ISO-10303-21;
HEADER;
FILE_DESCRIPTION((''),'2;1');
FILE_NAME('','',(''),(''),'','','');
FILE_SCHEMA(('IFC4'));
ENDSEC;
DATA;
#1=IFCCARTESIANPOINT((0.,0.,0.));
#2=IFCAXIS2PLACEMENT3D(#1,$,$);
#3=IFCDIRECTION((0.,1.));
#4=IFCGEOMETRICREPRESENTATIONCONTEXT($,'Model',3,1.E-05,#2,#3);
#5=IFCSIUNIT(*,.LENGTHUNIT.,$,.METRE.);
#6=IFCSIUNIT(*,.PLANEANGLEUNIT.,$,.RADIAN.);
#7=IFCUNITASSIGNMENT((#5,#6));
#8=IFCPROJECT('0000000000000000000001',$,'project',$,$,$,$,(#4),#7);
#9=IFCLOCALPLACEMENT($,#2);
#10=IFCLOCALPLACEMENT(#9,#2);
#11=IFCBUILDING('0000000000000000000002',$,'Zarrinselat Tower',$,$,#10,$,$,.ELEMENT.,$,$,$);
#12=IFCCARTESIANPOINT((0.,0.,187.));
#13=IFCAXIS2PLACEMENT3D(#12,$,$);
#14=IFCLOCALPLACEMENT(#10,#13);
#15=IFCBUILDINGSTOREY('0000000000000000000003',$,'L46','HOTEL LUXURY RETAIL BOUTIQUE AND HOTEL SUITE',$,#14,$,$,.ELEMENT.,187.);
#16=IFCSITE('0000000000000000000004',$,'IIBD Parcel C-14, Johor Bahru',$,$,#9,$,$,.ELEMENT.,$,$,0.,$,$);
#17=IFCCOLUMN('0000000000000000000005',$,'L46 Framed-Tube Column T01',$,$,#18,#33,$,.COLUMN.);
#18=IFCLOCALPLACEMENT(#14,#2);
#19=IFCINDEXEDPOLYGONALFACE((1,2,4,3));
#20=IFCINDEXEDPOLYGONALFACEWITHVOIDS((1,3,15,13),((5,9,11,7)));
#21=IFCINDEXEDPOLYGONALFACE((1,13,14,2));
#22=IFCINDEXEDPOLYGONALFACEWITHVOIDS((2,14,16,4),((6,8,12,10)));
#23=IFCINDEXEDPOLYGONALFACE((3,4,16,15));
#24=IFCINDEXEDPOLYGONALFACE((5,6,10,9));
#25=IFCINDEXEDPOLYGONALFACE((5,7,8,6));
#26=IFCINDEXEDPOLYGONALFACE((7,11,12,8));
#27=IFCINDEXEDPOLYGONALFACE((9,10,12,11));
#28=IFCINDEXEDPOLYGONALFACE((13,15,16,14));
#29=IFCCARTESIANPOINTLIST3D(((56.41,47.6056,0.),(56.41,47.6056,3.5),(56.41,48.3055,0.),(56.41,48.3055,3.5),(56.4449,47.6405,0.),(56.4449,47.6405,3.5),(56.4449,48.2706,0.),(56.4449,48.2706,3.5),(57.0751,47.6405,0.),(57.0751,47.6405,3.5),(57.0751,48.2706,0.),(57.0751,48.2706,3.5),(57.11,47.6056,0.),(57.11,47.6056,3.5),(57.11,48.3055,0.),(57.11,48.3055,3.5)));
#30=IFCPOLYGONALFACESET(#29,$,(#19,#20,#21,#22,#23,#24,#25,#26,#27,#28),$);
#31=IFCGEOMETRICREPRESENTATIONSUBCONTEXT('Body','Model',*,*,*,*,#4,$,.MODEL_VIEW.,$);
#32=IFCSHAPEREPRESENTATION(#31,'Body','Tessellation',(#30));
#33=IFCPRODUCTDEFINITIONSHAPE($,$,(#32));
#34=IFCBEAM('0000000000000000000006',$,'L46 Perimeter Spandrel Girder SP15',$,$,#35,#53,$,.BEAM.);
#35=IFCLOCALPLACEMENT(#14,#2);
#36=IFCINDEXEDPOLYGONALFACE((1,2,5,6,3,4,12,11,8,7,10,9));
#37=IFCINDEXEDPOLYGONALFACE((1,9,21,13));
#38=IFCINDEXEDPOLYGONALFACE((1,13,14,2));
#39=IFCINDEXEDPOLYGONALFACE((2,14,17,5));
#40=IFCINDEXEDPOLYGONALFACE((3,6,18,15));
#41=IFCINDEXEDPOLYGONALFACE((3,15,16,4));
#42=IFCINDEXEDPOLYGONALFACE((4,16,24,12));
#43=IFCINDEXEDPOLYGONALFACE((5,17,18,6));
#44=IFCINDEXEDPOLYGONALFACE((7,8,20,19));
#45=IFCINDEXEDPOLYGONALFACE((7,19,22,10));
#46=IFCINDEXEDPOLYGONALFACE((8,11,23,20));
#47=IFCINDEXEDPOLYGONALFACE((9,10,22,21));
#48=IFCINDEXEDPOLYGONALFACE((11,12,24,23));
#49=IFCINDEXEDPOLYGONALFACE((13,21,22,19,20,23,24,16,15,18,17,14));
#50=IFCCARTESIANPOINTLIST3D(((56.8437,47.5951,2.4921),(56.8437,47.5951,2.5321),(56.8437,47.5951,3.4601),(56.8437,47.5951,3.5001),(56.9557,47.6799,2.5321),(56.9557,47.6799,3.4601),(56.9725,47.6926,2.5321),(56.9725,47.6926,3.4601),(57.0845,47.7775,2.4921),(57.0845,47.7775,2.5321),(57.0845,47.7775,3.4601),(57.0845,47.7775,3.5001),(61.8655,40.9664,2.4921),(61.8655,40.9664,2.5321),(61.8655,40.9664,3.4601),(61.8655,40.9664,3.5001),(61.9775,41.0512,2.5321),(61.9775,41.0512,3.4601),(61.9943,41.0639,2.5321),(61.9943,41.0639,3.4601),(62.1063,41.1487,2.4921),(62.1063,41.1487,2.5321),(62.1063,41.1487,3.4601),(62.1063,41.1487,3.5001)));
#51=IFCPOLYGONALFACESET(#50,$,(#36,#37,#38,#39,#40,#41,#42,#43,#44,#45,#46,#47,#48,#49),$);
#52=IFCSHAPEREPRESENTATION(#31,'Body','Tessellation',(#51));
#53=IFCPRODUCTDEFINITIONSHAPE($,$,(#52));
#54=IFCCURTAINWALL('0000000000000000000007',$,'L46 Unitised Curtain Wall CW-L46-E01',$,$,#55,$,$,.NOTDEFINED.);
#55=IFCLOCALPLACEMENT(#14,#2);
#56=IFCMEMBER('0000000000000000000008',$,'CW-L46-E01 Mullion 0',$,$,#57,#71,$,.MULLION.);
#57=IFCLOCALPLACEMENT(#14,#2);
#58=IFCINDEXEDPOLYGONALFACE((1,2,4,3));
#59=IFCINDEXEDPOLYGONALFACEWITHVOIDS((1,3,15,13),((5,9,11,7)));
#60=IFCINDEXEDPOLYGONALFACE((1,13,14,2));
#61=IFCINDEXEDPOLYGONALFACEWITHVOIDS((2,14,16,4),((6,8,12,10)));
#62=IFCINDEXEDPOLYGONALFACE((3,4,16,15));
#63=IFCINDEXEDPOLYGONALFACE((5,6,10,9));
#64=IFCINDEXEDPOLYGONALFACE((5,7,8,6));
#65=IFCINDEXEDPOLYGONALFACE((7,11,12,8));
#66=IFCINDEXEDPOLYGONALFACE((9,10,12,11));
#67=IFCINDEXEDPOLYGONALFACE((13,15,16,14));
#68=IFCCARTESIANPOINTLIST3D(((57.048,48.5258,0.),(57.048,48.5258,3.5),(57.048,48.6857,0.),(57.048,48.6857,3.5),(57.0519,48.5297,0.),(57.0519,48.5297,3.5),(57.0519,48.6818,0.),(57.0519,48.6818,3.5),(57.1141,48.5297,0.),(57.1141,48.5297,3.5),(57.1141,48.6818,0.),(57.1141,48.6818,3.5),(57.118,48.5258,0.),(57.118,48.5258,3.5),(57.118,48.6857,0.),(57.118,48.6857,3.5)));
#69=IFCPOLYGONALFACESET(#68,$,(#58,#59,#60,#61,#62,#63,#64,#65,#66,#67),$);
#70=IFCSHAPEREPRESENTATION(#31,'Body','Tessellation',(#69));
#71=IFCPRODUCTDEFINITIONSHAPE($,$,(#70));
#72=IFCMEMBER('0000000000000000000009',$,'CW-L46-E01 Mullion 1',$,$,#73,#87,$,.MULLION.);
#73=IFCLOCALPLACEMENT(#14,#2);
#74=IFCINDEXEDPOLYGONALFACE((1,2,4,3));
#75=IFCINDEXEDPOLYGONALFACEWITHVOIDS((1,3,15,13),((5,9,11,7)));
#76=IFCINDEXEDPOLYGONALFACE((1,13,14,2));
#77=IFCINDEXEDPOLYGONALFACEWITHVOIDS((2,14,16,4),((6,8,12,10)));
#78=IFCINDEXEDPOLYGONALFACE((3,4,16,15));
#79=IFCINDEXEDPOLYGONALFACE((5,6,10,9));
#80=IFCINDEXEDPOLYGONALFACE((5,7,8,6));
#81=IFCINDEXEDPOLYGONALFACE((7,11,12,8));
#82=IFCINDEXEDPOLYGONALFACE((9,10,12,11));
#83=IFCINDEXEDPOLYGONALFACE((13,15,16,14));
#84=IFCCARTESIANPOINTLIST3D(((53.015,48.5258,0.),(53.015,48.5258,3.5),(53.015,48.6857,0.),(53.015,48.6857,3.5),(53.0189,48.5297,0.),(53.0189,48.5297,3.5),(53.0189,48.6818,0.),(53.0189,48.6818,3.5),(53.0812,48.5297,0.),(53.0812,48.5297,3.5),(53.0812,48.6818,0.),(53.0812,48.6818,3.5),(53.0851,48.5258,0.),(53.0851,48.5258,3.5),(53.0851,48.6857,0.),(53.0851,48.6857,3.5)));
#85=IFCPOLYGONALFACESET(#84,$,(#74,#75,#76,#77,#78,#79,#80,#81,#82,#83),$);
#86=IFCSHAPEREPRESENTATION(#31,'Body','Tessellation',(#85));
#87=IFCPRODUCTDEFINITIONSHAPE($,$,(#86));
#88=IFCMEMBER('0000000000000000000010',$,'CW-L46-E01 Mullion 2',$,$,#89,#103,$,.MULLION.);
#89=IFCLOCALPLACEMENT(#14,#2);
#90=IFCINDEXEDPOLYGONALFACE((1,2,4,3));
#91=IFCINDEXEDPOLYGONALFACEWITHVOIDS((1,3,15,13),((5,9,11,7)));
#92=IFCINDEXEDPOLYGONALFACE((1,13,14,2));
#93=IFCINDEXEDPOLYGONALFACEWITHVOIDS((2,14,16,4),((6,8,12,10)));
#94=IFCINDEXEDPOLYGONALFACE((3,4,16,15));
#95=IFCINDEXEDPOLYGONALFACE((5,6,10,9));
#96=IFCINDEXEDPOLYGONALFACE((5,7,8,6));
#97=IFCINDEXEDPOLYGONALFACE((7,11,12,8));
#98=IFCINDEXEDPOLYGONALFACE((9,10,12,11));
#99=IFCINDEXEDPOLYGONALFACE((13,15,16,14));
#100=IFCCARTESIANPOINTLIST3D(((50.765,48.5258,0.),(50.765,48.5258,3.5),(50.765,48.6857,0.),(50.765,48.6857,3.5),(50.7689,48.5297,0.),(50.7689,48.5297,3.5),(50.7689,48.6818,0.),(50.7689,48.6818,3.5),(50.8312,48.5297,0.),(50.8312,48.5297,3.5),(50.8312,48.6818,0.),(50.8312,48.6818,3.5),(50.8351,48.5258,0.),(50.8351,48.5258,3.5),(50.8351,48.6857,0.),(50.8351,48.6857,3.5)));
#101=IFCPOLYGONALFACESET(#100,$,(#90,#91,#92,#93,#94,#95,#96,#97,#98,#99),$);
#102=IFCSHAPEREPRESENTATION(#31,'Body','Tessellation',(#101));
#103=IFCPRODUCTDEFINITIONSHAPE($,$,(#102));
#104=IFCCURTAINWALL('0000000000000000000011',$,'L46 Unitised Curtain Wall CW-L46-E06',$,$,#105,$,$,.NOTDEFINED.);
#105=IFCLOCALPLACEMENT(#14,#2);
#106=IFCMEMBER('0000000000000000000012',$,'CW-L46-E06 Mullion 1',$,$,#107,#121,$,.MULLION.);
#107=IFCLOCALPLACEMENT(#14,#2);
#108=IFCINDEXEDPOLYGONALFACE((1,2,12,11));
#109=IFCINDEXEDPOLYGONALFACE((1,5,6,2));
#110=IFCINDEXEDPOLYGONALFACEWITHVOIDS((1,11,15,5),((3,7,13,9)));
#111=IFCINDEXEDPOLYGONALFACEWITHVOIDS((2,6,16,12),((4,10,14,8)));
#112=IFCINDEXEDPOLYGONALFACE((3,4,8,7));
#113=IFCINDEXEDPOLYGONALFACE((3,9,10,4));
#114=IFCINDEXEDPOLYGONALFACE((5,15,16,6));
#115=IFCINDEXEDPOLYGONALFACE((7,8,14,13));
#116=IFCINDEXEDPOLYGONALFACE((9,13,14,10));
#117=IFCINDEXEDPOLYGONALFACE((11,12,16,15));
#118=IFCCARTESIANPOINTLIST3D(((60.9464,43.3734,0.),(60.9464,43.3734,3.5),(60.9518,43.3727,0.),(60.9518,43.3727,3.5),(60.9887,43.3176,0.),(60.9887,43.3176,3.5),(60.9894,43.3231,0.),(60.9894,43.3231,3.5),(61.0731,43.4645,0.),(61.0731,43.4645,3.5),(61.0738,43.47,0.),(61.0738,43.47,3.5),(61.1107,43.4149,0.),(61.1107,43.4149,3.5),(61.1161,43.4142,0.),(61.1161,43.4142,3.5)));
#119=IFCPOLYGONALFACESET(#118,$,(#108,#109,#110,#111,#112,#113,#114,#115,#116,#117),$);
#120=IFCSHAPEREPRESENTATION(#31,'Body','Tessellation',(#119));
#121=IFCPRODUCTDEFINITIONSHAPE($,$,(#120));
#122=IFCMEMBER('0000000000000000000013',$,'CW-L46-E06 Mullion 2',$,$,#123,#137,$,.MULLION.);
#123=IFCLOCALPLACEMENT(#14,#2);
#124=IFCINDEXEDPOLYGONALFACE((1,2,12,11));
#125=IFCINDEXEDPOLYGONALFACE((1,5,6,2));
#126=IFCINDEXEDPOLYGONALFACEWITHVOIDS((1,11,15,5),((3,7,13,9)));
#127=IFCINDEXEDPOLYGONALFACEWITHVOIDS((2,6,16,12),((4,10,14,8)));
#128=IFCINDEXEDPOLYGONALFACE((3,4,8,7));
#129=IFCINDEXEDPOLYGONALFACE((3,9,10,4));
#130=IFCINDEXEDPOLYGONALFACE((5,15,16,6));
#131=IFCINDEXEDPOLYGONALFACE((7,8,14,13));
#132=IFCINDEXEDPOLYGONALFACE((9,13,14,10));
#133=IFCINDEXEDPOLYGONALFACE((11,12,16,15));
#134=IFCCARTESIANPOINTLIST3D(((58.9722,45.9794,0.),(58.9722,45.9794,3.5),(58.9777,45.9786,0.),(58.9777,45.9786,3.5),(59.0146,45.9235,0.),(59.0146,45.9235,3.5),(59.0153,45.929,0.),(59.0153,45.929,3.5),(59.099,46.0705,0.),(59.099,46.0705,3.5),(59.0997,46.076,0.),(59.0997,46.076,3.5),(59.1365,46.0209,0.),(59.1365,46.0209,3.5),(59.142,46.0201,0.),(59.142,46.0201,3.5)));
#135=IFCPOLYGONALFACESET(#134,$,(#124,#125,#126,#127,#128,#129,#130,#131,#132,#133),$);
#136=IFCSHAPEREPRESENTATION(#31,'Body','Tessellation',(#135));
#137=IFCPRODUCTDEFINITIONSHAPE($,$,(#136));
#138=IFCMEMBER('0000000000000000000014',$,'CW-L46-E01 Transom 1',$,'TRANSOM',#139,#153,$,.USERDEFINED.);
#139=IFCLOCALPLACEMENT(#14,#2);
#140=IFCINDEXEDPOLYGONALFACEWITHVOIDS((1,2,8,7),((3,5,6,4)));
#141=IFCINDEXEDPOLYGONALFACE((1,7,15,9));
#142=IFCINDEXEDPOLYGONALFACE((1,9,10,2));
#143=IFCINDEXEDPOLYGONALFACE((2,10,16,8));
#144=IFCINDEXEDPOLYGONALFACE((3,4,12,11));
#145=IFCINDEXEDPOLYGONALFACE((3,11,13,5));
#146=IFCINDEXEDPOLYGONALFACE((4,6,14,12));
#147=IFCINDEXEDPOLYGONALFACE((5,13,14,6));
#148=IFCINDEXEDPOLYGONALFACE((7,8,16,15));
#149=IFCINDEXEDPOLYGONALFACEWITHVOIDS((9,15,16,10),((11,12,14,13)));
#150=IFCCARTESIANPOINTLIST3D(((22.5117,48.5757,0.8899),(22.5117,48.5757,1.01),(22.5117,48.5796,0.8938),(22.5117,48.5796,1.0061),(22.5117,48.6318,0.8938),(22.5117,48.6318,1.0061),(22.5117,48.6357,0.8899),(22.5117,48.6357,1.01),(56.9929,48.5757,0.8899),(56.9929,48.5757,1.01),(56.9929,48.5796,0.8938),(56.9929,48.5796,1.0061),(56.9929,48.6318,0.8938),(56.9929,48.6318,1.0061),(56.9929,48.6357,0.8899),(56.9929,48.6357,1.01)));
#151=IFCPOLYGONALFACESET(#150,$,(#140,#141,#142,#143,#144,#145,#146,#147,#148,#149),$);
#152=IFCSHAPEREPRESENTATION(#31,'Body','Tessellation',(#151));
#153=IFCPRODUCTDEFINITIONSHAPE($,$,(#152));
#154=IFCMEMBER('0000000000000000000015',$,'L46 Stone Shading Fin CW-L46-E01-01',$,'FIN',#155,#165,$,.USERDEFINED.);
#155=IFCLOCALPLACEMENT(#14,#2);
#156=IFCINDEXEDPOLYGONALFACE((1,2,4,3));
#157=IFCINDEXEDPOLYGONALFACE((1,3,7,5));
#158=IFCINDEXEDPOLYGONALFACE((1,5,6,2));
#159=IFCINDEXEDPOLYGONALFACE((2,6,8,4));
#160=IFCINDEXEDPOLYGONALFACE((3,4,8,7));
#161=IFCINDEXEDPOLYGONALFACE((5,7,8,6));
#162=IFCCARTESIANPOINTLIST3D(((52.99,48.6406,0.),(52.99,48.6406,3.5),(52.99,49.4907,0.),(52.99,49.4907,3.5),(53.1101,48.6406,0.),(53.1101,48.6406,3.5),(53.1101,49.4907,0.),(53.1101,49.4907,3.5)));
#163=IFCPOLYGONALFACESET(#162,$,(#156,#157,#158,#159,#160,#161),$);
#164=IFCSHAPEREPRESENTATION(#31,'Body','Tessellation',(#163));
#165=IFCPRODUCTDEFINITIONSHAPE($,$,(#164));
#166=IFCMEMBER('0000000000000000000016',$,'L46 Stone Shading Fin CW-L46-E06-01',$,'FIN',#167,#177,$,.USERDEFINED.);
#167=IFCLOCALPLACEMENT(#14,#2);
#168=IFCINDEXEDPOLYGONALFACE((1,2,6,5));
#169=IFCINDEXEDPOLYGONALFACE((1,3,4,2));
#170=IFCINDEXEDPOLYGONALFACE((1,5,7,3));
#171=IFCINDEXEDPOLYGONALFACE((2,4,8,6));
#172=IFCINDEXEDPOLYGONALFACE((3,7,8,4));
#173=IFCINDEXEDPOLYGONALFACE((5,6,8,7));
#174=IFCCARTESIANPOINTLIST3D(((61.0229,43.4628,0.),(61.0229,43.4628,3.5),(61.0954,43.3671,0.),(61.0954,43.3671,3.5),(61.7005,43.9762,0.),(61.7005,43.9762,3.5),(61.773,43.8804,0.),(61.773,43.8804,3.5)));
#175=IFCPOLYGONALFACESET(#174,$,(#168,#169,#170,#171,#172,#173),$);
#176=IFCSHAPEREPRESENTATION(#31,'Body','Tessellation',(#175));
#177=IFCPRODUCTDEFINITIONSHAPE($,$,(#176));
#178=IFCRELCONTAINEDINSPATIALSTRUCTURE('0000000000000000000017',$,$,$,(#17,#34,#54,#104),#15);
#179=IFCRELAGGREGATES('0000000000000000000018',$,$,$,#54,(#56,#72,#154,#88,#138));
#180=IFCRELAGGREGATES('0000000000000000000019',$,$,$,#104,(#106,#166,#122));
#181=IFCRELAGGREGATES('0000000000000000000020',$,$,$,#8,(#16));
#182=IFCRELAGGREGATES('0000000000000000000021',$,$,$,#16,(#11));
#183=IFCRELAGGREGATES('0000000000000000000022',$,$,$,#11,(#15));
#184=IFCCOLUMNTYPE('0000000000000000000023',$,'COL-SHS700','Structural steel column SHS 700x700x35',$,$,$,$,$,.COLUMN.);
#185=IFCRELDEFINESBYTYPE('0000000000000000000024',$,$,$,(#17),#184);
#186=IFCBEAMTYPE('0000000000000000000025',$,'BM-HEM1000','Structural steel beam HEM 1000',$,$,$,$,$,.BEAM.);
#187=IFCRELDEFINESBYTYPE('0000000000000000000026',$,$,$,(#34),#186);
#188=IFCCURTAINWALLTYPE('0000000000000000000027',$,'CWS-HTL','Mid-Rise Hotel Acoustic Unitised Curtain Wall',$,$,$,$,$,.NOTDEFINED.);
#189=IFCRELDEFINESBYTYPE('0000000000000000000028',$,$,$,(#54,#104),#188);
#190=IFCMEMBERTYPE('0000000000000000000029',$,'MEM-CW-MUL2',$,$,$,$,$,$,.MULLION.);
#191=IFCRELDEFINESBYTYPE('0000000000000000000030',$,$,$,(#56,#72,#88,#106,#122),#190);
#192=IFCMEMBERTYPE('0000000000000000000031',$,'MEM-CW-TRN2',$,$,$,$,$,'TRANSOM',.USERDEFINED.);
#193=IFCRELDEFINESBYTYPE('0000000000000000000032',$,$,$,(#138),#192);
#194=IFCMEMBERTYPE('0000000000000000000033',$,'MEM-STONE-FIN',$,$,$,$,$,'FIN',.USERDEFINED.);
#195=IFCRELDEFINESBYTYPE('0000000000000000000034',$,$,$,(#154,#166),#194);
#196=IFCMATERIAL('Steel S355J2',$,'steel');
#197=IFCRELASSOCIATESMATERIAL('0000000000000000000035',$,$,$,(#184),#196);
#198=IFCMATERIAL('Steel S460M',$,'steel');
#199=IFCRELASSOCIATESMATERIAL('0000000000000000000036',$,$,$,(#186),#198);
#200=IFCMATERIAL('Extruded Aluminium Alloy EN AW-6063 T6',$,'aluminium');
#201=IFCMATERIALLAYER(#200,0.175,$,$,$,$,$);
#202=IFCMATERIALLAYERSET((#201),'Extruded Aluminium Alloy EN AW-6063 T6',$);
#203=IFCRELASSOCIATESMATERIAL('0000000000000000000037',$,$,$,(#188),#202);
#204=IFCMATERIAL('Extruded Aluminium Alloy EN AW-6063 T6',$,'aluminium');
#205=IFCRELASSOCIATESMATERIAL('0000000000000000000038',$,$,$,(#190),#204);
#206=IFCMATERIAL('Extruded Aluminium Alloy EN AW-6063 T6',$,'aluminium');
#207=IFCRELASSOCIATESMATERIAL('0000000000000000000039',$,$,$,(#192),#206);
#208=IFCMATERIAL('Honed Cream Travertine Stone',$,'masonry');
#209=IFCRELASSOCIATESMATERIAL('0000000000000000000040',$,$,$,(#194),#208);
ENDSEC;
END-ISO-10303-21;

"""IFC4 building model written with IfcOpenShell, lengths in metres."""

from ifc_helpers import new_model, si_unit, direction, frame, origin, origin_2d, place, context, subcontext, project, spatial, rectangle, hollow_rectangle, i_section, extrude, material, layer, layer_set, material_profile, profile_set, type_object, element, aggregate, save


model = new_model("IFC4")

# Units and contexts
model_context = context("Model", 3, precision=1e-05, world=origin(), true_north=direction((0.0, 1.0)))
body_context = subcontext(model_context, "Body", "Model", "MODEL_VIEW")
ifc_project = project(units=[si_unit("LENGTHUNIT", "METRE"), si_unit("PLANEANGLEUNIT", "RADIAN")], contexts=[model_context])

# Site, building, storey
site_placement = place(None, origin())
site = spatial("IfcSite", under=ifc_project, at=site_placement, Name="IIBD Parcel C-14, Johor Bahru", CompositionType="ELEMENT", RefElevation=0.0)
building_placement = place(site_placement, origin())
building = spatial("IfcBuilding", under=site, at=building_placement, Name="Zarrinselat Tower", CompositionType="ELEMENT")
storey_placement = place(building_placement, frame((0.0, 0.0, 187.0)))
storey = spatial("IfcBuildingStorey", under=building, at=storey_placement, Name="L46", Description="HOTEL LUXURY RETAIL BOUTIQUE AND HOTEL SUITE", CompositionType="ELEMENT", Elevation=187.0)

# Column
ifc_material_1 = material(Name="Steel S355J2", Category="steel")
ifc_material_profile_1 = material_profile(ifc_material_1, hollow_rectangle(XDim=0.7, YDim=0.7, WallThickness=0.0349, at=origin_2d()), Name="SHS 700x700x35")
ifc_profile_set_1 = profile_set([ifc_material_profile_1], Name="Steel S355J2")
column_type = type_object("IfcColumnType", Name="COL-SHS700", Description="Structural steel column SHS 700x700x35", PredefinedType="COLUMN", material=ifc_profile_set_1)
column_placement = place(storey_placement, frame((56.76, 47.9556, 0.0), z_axis=(0.0, 0.0, 1.0), x_axis=(1.0, 0.0, 0.0)))
element("IfcColumn", 1, at=column_placement, inside=storey, type_object=column_type, Name="L46 Framed-Tube Column T01", PredefinedType="COLUMN", context=body_context, shape_type="SweptSolid", body=[
    extrude(hollow_rectangle(XDim=0.7, YDim=0.7, WallThickness=0.0349, at=origin_2d()), origin(), (0.0, 0.0, 1.0), 3.5),
])

# Beam
ifc_material_2 = material(Name="Steel S460M", Category="steel")
ifc_material_profile_2 = material_profile(ifc_material_2, i_section(OverallWidth=0.302, OverallDepth=1.0081, WebThickness=0.021, FlangeThickness=0.04, at=origin_2d()), Name="HEM 1000")
ifc_profile_set_2 = profile_set([ifc_material_profile_2], Name="Steel S460M")
beam_type = type_object("IfcBeamType", Name="BM-HEM1000", Description="Structural steel beam HEM 1000", PredefinedType="BEAM", material=ifc_profile_set_2)
beam_placement = place(storey_placement, frame((56.9641, 47.6863, 2.9961), z_axis=(0.603859, -0.797091, 0.0), x_axis=(0.797091, 0.603859, 0.0)))
element("IfcBeam", 2, at=beam_placement, inside=storey, type_object=beam_type, Name="L46 Perimeter Spandrel Girder SP15", PredefinedType="BEAM", context=body_context, shape_type="SweptSolid", body=[
    extrude(i_section(OverallWidth=0.302, OverallDepth=1.0081, WebThickness=0.021, FlangeThickness=0.04, at=origin_2d()), origin(), (0.0, 0.0, 1.0), 8.3162),
])

# Curtain walls, members
ifc_material_3 = material(Name="Extruded Aluminium Alloy EN AW-6063 T6", Category="aluminium")
ifc_layer_1 = layer(ifc_material_3, 0.175)
ifc_layer_set_1 = layer_set([ifc_layer_1], Name="Extruded Aluminium Alloy EN AW-6063 T6")
curtain_wall_type = type_object("IfcCurtainWallType", Name="CWS-HTL", Description="Mid-Rise Hotel Acoustic Unitised Curtain Wall", PredefinedType="NOTDEFINED", material=ifc_layer_set_1)
curtain_wall_1_placement = place(storey_placement, origin())
curtain_wall_1 = element("IfcCurtainWall", 3, at=curtain_wall_1_placement, inside=storey, type_object=curtain_wall_type, Name="L46 Unitised Curtain Wall CW-L46-E01", PredefinedType="NOTDEFINED")
ifc_material_4 = material(Name="Extruded Aluminium Alloy EN AW-6063 T6", Category="aluminium")
ifc_material_profile_3 = material_profile(ifc_material_4, hollow_rectangle(XDim=0.0701, YDim=0.1599, WallThickness=0.0039, at=origin_2d()), Name="RHS 160x70x4")
ifc_profile_set_3 = profile_set([ifc_material_profile_3], Name="Extruded Aluminium Alloy EN AW-6063 T6")
member_type_1 = type_object("IfcMemberType", Name="MEM-CW-MUL2", PredefinedType="MULLION", material=ifc_profile_set_3)
member_1_placement = place(storey_placement, frame((57.083, 48.6057, 0.0), z_axis=(0.0, 0.0, 1.0), x_axis=(-1.0, 0.0, 0.0)))
member_1 = element("IfcMember", 4, at=member_1_placement, type_object=member_type_1, Name="CW-L46-E01 Mullion 0", PredefinedType="MULLION", context=body_context, shape_type="SweptSolid", body=[
    extrude(hollow_rectangle(XDim=0.0701, YDim=0.1599, WallThickness=0.0039, at=origin_2d()), origin(), (0.0, 0.0, 1.0), 3.5),
])
member_2_placement = place(storey_placement, frame((53.05, 48.6057, 0.0), z_axis=(0.0, 0.0, 1.0), x_axis=(-1.0, 0.0, 0.0)))
member_2 = element("IfcMember", 5, at=member_2_placement, type_object=member_type_1, Name="CW-L46-E01 Mullion 1", PredefinedType="MULLION", context=body_context, shape_type="SweptSolid", body=[
    extrude(hollow_rectangle(XDim=0.0701, YDim=0.1599, WallThickness=0.0039, at=origin_2d()), origin(), (0.0, 0.0, 1.0), 3.5),
])
member_3_placement = place(storey_placement, frame((50.8, 48.6057, 0.0), z_axis=(0.0, 0.0, 1.0), x_axis=(-1.0, 0.0, 0.0)))
member_3 = element("IfcMember", 6, at=member_3_placement, type_object=member_type_1, Name="CW-L46-E01 Mullion 2", PredefinedType="MULLION", context=body_context, shape_type="SweptSolid", body=[
    extrude(hollow_rectangle(XDim=0.0701, YDim=0.1599, WallThickness=0.0039, at=origin_2d()), origin(), (0.0, 0.0, 1.0), 3.5),
])
curtain_wall_2_placement = place(storey_placement, origin())
curtain_wall_2 = element("IfcCurtainWall", 7, at=curtain_wall_2_placement, inside=storey, type_object=curtain_wall_type, Name="L46 Unitised Curtain Wall CW-L46-E06", PredefinedType="NOTDEFINED")
member_4_placement = place(storey_placement, frame((61.0312, 43.3938, 0.0), z_axis=(0.0, 0.0, 1.0), x_axis=(-0.603861, 0.79709, 0.0)))
member_4 = element("IfcMember", 8, at=member_4_placement, type_object=member_type_1, Name="CW-L46-E06 Mullion 1", PredefinedType="MULLION", context=body_context, shape_type="SweptSolid", body=[
    extrude(hollow_rectangle(XDim=0.0701, YDim=0.1599, WallThickness=0.0039, at=origin_2d()), origin(), (0.0, 0.0, 1.0), 3.5),
])
member_5_placement = place(storey_placement, frame((59.0571, 45.9998, 0.0), z_axis=(0.0, 0.0, 1.0), x_axis=(-0.603861, 0.79709, 0.0)))
member_5 = element("IfcMember", 9, at=member_5_placement, type_object=member_type_1, Name="CW-L46-E06 Mullion 2", PredefinedType="MULLION", context=body_context, shape_type="SweptSolid", body=[
    extrude(hollow_rectangle(XDim=0.0701, YDim=0.1599, WallThickness=0.0039, at=origin_2d()), origin(), (0.0, 0.0, 1.0), 3.5),
])

# Members
ifc_material_5 = material(Name="Extruded Aluminium Alloy EN AW-6063 T6", Category="aluminium")
ifc_material_profile_4 = material_profile(ifc_material_5, hollow_rectangle(XDim=0.0601, YDim=0.1201, WallThickness=0.0039, at=origin_2d()), Name="RHS 120x60x4")
ifc_profile_set_4 = profile_set([ifc_material_profile_4], Name="Extruded Aluminium Alloy EN AW-6063 T6")
member_type_2 = type_object("IfcMemberType", Name="MEM-CW-TRN2", ElementType="TRANSOM", PredefinedType="USERDEFINED", material=ifc_profile_set_4)
member_6_placement = place(storey_placement, frame((56.9929, 48.6057, 0.95), z_axis=(-1.0, 0.0, 0.0), x_axis=(0.0, -1.0, 0.0)))
member_6 = element("IfcMember", 10, at=member_6_placement, type_object=member_type_2, Name="CW-L46-E01 Transom 1", ObjectType="TRANSOM", PredefinedType="USERDEFINED", context=body_context, shape_type="SweptSolid", body=[
    extrude(hollow_rectangle(XDim=0.0601, YDim=0.1201, WallThickness=0.0039, at=origin_2d()), origin(), (0.0, 0.0, 1.0), 34.4812),
])
ifc_material_6 = material(Name="Honed Cream Travertine Stone", Category="masonry")
ifc_material_profile_5 = material_profile(ifc_material_6, rectangle(XDim=0.1201, YDim=0.8501, at=origin_2d()), Name="FIN 850x120")
ifc_profile_set_5 = profile_set([ifc_material_profile_5], Name="Honed Cream Travertine Stone")
member_type_3 = type_object("IfcMemberType", Name="MEM-STONE-FIN", ElementType="FIN", PredefinedType="USERDEFINED", material=ifc_profile_set_5)
member_7_placement = place(storey_placement, frame((53.05, 49.0657, 0.0), z_axis=(0.0, 0.0, 1.0), x_axis=(1.0, 0.0, 0.0)))
member_7 = element("IfcMember", 11, at=member_7_placement, type_object=member_type_3, Name="L46 Stone Shading Fin CW-L46-E01-01", ObjectType="FIN", PredefinedType="USERDEFINED", context=body_context, shape_type="SweptSolid", body=[
    extrude(rectangle(XDim=0.1201, YDim=0.8501, at=origin_2d()), origin(), (0.0, 0.0, 1.0), 3.5),
])
member_8_placement = place(storey_placement, frame((61.3979, 43.6716, 0.0), z_axis=(0.0, 0.0, 1.0), x_axis=(0.603861, -0.79709, 0.0)))
member_8 = element("IfcMember", 12, at=member_8_placement, type_object=member_type_3, Name="L46 Stone Shading Fin CW-L46-E06-01", ObjectType="FIN", PredefinedType="USERDEFINED", context=body_context, shape_type="SweptSolid", body=[
    extrude(rectangle(XDim=0.1201, YDim=0.8501, at=origin_2d()), origin(), (0.0, 0.0, 1.0), 3.5),
])

aggregate(curtain_wall_1, [member_1, member_2, member_7, member_3, member_6])
aggregate(curtain_wall_2, [member_4, member_8, member_5])

save(model, "model.ifc")
